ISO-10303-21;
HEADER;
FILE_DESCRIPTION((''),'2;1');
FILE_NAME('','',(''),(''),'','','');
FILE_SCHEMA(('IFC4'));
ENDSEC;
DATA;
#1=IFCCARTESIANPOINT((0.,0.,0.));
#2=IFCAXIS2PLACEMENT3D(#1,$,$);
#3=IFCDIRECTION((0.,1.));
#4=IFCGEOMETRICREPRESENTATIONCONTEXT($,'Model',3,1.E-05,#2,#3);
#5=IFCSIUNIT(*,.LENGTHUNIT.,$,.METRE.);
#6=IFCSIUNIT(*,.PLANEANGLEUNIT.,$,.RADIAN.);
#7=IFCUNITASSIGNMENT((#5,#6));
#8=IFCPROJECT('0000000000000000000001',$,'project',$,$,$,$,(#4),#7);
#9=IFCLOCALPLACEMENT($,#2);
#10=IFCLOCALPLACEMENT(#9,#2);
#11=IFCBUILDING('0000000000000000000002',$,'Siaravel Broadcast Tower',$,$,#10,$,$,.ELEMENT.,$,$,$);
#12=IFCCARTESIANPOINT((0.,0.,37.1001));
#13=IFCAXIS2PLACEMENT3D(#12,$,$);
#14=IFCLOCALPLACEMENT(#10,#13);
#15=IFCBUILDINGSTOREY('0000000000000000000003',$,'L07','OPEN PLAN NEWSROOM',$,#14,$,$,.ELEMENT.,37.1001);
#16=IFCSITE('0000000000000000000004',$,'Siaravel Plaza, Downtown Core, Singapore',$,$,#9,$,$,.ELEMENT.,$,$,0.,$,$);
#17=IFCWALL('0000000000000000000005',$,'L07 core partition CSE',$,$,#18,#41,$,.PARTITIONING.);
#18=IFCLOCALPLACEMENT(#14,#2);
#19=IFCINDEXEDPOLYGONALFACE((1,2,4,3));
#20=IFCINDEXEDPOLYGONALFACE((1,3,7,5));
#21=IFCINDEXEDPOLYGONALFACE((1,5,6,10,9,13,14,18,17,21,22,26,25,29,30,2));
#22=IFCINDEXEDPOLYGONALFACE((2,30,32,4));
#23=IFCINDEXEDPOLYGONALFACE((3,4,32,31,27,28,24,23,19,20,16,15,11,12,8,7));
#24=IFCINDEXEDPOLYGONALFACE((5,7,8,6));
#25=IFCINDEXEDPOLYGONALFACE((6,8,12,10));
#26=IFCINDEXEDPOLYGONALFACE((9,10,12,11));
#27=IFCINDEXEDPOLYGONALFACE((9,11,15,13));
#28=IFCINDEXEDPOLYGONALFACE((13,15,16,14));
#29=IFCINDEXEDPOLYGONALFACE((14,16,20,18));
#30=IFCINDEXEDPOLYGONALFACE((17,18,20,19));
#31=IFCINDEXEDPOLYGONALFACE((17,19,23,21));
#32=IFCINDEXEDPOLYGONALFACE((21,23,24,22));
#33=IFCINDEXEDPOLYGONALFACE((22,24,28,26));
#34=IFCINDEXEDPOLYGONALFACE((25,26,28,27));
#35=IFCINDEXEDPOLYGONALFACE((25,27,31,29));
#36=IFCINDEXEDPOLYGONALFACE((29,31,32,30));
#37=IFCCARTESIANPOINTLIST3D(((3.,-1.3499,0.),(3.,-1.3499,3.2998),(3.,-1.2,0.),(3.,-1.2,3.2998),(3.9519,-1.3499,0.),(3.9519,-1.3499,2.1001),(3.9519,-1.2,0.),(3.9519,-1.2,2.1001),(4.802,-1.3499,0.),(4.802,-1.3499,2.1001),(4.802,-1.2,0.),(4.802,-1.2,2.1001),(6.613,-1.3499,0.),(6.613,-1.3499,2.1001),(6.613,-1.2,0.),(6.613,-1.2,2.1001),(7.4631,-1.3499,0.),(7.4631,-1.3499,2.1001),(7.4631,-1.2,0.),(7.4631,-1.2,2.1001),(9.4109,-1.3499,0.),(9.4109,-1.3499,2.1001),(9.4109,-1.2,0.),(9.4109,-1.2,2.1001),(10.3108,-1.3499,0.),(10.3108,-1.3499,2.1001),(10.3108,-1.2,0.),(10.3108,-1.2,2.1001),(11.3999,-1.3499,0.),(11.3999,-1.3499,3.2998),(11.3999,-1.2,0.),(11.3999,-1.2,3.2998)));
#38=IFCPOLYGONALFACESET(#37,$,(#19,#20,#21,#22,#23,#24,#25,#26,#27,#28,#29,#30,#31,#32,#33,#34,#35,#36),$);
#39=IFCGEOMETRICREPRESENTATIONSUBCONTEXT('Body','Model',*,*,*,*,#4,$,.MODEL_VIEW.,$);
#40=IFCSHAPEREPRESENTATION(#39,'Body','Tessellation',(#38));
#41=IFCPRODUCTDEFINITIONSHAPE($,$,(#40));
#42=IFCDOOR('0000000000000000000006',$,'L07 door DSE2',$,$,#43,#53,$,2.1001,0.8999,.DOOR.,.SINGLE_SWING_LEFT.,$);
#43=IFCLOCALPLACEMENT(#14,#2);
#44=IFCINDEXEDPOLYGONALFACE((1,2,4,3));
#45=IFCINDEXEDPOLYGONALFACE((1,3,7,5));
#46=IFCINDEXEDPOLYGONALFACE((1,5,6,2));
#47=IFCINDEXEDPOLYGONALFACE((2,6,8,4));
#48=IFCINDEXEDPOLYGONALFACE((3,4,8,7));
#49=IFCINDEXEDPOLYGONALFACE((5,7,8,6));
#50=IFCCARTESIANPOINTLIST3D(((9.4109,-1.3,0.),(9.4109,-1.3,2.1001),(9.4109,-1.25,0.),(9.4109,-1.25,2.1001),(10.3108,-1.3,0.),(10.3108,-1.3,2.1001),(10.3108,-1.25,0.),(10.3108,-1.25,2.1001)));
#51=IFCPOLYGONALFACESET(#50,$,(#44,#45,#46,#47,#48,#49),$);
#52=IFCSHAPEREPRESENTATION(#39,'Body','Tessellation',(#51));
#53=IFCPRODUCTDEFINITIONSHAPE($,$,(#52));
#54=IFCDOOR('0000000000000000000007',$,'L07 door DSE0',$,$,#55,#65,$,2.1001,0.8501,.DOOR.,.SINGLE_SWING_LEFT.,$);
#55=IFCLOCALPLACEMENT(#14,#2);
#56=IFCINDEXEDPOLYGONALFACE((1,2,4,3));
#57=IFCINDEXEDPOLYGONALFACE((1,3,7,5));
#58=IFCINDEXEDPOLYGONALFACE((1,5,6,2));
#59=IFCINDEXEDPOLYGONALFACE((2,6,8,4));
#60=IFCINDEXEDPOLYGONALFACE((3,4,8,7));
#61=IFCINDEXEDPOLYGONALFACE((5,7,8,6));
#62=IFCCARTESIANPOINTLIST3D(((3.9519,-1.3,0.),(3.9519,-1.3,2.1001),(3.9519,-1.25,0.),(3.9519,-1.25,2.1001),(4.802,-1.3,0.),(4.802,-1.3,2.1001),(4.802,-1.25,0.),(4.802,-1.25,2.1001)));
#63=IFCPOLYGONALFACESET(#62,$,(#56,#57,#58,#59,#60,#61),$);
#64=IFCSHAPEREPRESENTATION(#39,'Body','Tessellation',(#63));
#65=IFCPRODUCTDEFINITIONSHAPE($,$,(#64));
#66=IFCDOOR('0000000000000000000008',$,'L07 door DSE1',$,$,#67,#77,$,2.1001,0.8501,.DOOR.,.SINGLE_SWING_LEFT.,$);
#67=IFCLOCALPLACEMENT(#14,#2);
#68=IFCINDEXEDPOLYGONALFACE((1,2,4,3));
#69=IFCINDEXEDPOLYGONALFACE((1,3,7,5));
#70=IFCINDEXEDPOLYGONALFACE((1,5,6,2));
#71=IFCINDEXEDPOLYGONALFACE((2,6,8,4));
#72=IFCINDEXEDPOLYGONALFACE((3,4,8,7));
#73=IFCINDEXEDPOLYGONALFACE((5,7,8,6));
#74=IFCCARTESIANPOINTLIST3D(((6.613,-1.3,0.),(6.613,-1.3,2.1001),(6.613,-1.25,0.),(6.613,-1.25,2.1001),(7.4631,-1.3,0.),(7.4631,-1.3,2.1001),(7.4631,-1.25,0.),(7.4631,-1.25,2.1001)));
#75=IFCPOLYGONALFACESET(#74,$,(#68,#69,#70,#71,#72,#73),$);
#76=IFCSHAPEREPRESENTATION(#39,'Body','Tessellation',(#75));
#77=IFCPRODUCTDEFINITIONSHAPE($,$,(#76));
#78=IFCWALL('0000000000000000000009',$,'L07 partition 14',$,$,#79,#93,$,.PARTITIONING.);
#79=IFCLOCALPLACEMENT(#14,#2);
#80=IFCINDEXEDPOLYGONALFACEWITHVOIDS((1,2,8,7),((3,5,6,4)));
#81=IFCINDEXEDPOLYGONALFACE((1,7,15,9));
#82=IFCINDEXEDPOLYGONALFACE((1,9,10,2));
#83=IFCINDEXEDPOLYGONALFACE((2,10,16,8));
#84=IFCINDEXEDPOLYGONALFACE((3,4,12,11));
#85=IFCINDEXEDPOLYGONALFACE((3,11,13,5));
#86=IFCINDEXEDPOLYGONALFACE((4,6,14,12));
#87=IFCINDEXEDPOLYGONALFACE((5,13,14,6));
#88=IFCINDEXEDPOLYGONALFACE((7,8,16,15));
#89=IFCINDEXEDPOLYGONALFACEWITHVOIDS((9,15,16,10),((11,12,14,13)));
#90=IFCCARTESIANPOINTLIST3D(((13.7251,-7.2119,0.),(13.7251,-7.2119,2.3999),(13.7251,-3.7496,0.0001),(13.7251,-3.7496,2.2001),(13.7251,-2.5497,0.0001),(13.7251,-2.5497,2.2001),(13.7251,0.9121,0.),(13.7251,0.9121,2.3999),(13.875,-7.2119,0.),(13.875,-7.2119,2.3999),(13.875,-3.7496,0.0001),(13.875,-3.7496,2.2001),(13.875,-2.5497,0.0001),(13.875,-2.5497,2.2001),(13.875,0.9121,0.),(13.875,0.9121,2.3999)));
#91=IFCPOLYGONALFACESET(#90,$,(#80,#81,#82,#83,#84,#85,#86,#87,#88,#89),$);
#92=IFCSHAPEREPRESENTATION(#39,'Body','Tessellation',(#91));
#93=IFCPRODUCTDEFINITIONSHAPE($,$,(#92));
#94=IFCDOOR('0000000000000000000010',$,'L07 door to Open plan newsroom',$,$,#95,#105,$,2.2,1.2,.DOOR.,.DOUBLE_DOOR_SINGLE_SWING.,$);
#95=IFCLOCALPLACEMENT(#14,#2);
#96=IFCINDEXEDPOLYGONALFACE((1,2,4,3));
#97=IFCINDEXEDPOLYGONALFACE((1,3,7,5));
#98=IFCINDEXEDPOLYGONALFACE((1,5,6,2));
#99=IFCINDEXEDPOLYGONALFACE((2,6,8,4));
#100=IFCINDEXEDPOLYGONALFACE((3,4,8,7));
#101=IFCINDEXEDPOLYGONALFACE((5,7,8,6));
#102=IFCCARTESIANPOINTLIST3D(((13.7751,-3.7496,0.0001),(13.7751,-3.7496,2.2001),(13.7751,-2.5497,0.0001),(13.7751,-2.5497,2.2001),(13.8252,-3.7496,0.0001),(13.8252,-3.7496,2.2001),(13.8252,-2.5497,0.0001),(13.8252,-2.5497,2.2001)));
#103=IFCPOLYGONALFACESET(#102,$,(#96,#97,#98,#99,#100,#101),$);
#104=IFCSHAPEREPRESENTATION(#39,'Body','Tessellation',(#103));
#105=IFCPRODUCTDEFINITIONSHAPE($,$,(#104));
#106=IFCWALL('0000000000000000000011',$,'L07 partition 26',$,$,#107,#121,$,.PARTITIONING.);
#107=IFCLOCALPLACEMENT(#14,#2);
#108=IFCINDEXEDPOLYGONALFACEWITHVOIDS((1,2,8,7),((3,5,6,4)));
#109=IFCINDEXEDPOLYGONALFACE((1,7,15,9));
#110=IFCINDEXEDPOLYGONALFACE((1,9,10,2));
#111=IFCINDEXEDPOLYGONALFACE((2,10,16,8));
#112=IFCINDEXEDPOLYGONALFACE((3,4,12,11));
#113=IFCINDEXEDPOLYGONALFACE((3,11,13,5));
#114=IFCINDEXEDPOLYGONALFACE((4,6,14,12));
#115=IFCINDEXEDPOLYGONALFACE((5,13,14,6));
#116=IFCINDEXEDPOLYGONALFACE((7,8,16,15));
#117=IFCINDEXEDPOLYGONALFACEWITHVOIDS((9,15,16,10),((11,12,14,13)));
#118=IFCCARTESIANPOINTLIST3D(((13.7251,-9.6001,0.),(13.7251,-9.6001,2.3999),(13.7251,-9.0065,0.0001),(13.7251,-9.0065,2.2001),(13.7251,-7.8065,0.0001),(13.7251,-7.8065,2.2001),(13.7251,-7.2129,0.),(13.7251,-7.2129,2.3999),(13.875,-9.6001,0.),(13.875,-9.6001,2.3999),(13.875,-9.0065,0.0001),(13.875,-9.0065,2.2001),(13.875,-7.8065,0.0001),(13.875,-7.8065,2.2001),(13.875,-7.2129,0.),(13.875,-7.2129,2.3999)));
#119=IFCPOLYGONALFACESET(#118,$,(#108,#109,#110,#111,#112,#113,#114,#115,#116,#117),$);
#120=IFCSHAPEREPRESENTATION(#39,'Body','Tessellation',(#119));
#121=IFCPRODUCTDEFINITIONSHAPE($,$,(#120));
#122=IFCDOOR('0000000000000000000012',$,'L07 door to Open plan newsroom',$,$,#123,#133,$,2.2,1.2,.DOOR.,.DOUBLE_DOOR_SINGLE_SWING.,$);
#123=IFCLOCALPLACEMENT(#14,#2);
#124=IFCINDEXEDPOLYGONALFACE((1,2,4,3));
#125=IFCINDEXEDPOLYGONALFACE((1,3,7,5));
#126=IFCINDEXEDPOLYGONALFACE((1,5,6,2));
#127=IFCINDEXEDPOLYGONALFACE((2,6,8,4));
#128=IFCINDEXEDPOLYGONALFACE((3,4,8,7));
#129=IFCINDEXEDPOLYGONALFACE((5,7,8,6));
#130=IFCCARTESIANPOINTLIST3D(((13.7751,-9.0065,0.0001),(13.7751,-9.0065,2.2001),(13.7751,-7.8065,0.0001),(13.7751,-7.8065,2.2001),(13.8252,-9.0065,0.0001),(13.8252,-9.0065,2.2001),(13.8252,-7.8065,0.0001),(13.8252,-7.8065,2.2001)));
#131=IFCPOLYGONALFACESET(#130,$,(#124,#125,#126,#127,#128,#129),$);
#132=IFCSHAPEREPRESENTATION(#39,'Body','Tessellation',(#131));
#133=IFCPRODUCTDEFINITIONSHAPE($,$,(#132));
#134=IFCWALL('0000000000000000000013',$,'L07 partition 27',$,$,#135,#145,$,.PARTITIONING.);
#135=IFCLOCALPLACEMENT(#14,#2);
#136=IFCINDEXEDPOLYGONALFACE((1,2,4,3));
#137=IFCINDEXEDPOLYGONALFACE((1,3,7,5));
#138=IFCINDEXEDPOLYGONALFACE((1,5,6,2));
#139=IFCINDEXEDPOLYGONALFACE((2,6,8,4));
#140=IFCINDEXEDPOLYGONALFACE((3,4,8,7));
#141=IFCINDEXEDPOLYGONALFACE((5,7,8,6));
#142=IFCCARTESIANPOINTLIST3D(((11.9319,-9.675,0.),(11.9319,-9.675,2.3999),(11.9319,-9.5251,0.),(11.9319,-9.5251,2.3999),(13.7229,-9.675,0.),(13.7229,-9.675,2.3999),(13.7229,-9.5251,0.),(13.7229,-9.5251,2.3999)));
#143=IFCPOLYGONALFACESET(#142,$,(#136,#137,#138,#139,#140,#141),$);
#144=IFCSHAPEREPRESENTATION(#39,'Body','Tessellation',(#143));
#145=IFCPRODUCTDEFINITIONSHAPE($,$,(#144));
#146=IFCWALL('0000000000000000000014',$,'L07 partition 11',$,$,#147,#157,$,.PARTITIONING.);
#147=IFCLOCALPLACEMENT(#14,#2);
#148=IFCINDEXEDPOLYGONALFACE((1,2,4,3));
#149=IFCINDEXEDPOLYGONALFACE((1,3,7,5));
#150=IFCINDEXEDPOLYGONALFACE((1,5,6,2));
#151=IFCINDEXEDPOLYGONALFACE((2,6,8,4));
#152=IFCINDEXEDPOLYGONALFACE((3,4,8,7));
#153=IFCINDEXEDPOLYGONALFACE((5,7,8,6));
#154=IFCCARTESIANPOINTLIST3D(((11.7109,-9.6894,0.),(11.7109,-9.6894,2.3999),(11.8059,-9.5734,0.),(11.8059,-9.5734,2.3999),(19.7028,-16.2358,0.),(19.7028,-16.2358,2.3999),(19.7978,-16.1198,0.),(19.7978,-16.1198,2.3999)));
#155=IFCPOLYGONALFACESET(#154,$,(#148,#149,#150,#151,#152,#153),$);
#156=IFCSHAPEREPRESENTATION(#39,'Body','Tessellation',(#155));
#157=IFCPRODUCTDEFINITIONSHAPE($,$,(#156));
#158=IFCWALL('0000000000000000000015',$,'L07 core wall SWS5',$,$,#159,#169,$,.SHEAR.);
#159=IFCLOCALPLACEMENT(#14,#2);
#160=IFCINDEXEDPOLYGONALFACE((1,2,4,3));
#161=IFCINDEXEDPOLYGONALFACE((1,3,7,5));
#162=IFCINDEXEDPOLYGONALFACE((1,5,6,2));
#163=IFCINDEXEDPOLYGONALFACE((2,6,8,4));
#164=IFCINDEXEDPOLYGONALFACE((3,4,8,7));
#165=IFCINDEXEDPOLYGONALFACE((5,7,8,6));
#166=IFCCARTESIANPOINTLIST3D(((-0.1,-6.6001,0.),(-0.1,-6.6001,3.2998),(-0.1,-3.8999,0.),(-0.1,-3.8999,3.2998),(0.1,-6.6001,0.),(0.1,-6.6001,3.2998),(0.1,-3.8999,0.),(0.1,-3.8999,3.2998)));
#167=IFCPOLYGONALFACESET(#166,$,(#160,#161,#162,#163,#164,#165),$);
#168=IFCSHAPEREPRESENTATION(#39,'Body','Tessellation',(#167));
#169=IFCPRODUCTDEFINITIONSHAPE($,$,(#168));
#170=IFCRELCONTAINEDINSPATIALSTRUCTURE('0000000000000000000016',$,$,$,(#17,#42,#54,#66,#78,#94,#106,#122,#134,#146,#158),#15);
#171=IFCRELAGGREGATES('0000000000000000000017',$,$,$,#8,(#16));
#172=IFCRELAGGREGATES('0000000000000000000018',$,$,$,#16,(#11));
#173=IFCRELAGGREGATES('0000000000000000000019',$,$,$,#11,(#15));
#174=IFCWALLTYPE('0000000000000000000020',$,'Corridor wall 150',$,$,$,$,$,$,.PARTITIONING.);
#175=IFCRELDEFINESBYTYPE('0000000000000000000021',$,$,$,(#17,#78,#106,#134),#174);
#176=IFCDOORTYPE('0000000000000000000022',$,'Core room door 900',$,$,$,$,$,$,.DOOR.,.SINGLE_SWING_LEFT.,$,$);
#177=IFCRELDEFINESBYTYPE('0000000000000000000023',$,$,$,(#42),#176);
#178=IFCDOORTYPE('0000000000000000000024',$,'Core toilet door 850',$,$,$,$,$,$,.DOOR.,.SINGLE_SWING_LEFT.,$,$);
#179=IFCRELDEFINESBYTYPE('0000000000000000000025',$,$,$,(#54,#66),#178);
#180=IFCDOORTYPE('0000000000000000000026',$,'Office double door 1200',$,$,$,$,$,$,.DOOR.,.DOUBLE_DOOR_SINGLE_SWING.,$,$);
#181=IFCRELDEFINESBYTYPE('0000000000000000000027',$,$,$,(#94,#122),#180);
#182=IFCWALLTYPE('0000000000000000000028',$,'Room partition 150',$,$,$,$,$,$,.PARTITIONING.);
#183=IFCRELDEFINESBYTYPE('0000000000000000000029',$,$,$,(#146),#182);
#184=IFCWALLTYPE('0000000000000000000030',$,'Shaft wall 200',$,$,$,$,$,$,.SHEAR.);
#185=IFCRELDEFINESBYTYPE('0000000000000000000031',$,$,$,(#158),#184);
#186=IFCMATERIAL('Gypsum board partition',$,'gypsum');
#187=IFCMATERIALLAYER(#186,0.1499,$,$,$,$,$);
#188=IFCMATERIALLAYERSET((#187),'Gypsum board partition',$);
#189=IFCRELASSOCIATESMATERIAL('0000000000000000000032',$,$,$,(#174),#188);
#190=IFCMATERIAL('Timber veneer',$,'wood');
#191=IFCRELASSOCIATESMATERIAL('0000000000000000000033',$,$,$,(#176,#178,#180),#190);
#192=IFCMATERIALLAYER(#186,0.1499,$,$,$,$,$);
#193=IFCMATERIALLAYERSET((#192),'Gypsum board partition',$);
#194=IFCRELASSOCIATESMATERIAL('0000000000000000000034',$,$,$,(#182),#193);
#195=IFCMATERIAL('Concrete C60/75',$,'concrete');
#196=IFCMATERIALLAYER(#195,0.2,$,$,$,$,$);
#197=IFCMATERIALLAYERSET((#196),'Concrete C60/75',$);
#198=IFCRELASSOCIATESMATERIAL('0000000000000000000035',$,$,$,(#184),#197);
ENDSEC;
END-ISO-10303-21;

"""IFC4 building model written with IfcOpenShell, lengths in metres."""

from ifc_helpers import new_model, si_unit, direction, frame, frame_2d, origin, place, context, subcontext, project, spatial, rectangle, extrude, material, layer, layer_set, type_object, element, fill, save


model = new_model("IFC4")

# Units and contexts
model_context = context("Model", 3, precision=1e-05, world=origin(), true_north=direction((0.0, 1.0)))
body_context = subcontext(model_context, "Body", "Model", "MODEL_VIEW")
ifc_project = project(units=[si_unit("LENGTHUNIT", "METRE"), si_unit("PLANEANGLEUNIT", "RADIAN")], contexts=[model_context])

# Site, building, storey
site_placement = place(None, origin())
site = spatial("IfcSite", under=ifc_project, at=site_placement, Name="Siaravel Plaza, Downtown Core, Singapore", CompositionType="ELEMENT", RefElevation=0.0)
building_placement = place(site_placement, origin())
building = spatial("IfcBuilding", under=site, at=building_placement, Name="Siaravel Broadcast Tower", CompositionType="ELEMENT")
storey_placement = place(building_placement, frame((0.0, 0.0, 37.1001)))
storey = spatial("IfcBuildingStorey", under=building, at=storey_placement, Name="L07", Description="OPEN PLAN NEWSROOM", CompositionType="ELEMENT", Elevation=37.1001)

# Shared definitions
ifc_material_1 = material(Name="Concrete C60/75", Category="concrete")

# Wall, openings, doors
ifc_material_2 = material(Name="Gypsum board partition", Category="gypsum")
ifc_layer_1 = layer(ifc_material_2, 0.1499)
ifc_layer_set_1 = layer_set([ifc_layer_1], Name="Gypsum board partition")
wall_type_1 = type_object("IfcWallType", Name="Corridor wall 150", PredefinedType="PARTITIONING", material=ifc_layer_set_1)
wall_1_placement = place(storey_placement, frame((3.0, -1.2749, 0.0), z_axis=(0.0, 0.0, 1.0), x_axis=(1.0, 0.0, 0.0)))
wall_1 = element("IfcWall", 1, at=wall_1_placement, inside=storey, type_object=wall_type_1, Name="L07 core partition CSE", PredefinedType="PARTITIONING", context=body_context, shape_type="SweptSolid", body=[
    extrude(rectangle(XDim=8.3999, YDim=0.1499, at=frame_2d((4.2, 0.0))), origin(), (0.0, 0.0, 1.0), 3.2998),
])
opening_1_placement = place(wall_1_placement, frame((0.9519, 0.0, 0.0)))
opening_1 = element("IfcOpeningElement", 2, at=opening_1_placement, cuts=wall_1, PredefinedType="OPENING", context=body_context, shape_type="SweptSolid", body=[
    extrude(rectangle(XDim=0.8501, YDim=2.1001, at=frame_2d((0.425, 1.05))), frame((0.0, 0.085, 0.0), z_axis=(0.0, -1.0, 0.0), x_axis=(1.0, 0.0, 0.0)), (0.0, 0.0, 1.0), 0.1699),
])
opening_2_placement = place(wall_1_placement, frame((3.613, 0.0, 0.0)))
opening_2 = element("IfcOpeningElement", 3, at=opening_2_placement, cuts=wall_1, PredefinedType="OPENING", context=body_context, shape_type="SweptSolid", body=[
    extrude(rectangle(XDim=0.8501, YDim=2.1001, at=frame_2d((0.425, 1.05))), frame((0.0, 0.085, 0.0), z_axis=(0.0, -1.0, 0.0), x_axis=(1.0, 0.0, 0.0)), (0.0, 0.0, 1.0), 0.1699),
])
opening_3_placement = place(wall_1_placement, frame((6.4109, 0.0, 0.0)))
opening_3 = element("IfcOpeningElement", 4, at=opening_3_placement, cuts=wall_1, PredefinedType="OPENING", context=body_context, shape_type="SweptSolid", body=[
    extrude(rectangle(XDim=0.8999, YDim=2.1001, at=frame_2d((0.45, 1.05))), frame((0.0, 0.085, 0.0), z_axis=(0.0, -1.0, 0.0), x_axis=(1.0, 0.0, 0.0)), (0.0, 0.0, 1.0), 0.1699),
])
ifc_material_3 = material(Name="Timber veneer", Category="wood")
door_type_1 = type_object("IfcDoorType", Name="Core room door 900", OperationType="SINGLE_SWING_LEFT", PredefinedType="DOOR", material=ifc_material_3)
door_1_placement = place(opening_3_placement, origin())
door_1 = element("IfcDoor", 5, at=door_1_placement, inside=storey, type_object=door_type_1, Name="L07 door DSE2", OperationType="SINGLE_SWING_LEFT", OverallHeight=2.1001, OverallWidth=0.8999, PredefinedType="DOOR", context=body_context, shape_type="SweptSolid", body=[
    extrude(rectangle(XDim=0.8999, YDim=2.1001, at=frame_2d((0.45, 1.05))), frame((0.0, 0.0249, 0.0), z_axis=(0.0, -1.0, 0.0), x_axis=(1.0, 0.0, 0.0)), (0.0, 0.0, 1.0), 0.05),
])
fill(opening_3, door_1)
door_type_2 = type_object("IfcDoorType", Name="Core toilet door 850", OperationType="SINGLE_SWING_LEFT", PredefinedType="DOOR", material=ifc_material_3)
door_2_placement = place(opening_1_placement, origin())
door_2 = element("IfcDoor", 6, at=door_2_placement, inside=storey, type_object=door_type_2, Name="L07 door DSE0", OperationType="SINGLE_SWING_LEFT", OverallHeight=2.1001, OverallWidth=0.8501, PredefinedType="DOOR", context=body_context, shape_type="SweptSolid", body=[
    extrude(rectangle(XDim=0.8501, YDim=2.1001, at=frame_2d((0.425, 1.05))), frame((0.0, 0.0249, 0.0), z_axis=(0.0, -1.0, 0.0), x_axis=(1.0, 0.0, 0.0)), (0.0, 0.0, 1.0), 0.05),
])
fill(opening_1, door_2)
door_3_placement = place(opening_2_placement, origin())
door_3 = element("IfcDoor", 7, at=door_3_placement, inside=storey, type_object=door_type_2, Name="L07 door DSE1", OperationType="SINGLE_SWING_LEFT", OverallHeight=2.1001, OverallWidth=0.8501, PredefinedType="DOOR", context=body_context, shape_type="SweptSolid", body=[
    extrude(rectangle(XDim=0.8501, YDim=2.1001, at=frame_2d((0.425, 1.05))), frame((0.0, 0.0249, 0.0), z_axis=(0.0, -1.0, 0.0), x_axis=(1.0, 0.0, 0.0)), (0.0, 0.0, 1.0), 0.05),
])
fill(opening_2, door_3)

# Walls, openings, doors
wall_2_placement = place(storey_placement, frame((13.8, -7.2119, 0.0), z_axis=(0.0, 0.0, 1.0), x_axis=(0.0, 1.0, 0.0)))
wall_2 = element("IfcWall", 8, at=wall_2_placement, inside=storey, type_object=wall_type_1, Name="L07 partition 14", PredefinedType="PARTITIONING", context=body_context, shape_type="SweptSolid", body=[
    extrude(rectangle(XDim=8.124, YDim=0.1499, at=frame_2d((4.062, 0.0))), origin(), (0.0, 0.0, 1.0), 2.3999),
])
opening_4_placement = place(wall_2_placement, frame((3.4622, 0.0, 0.0)))
opening_4 = element("IfcOpeningElement", 9, at=opening_4_placement, cuts=wall_2, PredefinedType="OPENING", context=body_context, shape_type="SweptSolid", body=[
    extrude(rectangle(XDim=1.2, YDim=2.2, at=frame_2d((0.6001, 1.1001))), frame((0.0, 0.085, 0.0), z_axis=(0.0, -1.0, 0.0), x_axis=(1.0, 0.0, 0.0)), (0.0, 0.0, 1.0), 0.1699),
])
door_type_3 = type_object("IfcDoorType", Name="Office double door 1200", OperationType="DOUBLE_DOOR_SINGLE_SWING", PredefinedType="DOOR", material=ifc_material_3)
door_4_placement = place(opening_4_placement, origin())
door_4 = element("IfcDoor", 10, at=door_4_placement, inside=storey, type_object=door_type_3, Name="L07 door to Open plan newsroom", OperationType="DOUBLE_DOOR_SINGLE_SWING", OverallHeight=2.2, OverallWidth=1.2, PredefinedType="DOOR", context=body_context, shape_type="SweptSolid", body=[
    extrude(rectangle(XDim=1.2, YDim=2.2, at=frame_2d((0.6001, 1.1001))), frame((0.0, 0.0249, 0.0), z_axis=(0.0, -1.0, 0.0), x_axis=(1.0, 0.0, 0.0)), (0.0, 0.0, 1.0), 0.05),
])
fill(opening_4, door_4)
wall_3_placement = place(storey_placement, frame((13.8, -9.6001, 0.0), z_axis=(0.0, 0.0, 1.0), x_axis=(0.0, 1.0, 0.0)))
wall_3 = element("IfcWall", 11, at=wall_3_placement, inside=storey, type_object=wall_type_1, Name="L07 partition 26", PredefinedType="PARTITIONING", context=body_context, shape_type="SweptSolid", body=[
    extrude(rectangle(XDim=2.3872, YDim=0.1499, at=frame_2d((1.1936, 0.0))), origin(), (0.0, 0.0, 1.0), 2.3999),
])
opening_5_placement = place(wall_3_placement, frame((0.5935, 0.0, 0.0)))
opening_5 = element("IfcOpeningElement", 12, at=opening_5_placement, cuts=wall_3, PredefinedType="OPENING", context=body_context, shape_type="SweptSolid", body=[
    extrude(rectangle(XDim=1.2, YDim=2.2, at=frame_2d((0.6001, 1.1001))), frame((0.0, 0.085, 0.0), z_axis=(0.0, -1.0, 0.0), x_axis=(1.0, 0.0, 0.0)), (0.0, 0.0, 1.0), 0.1699),
])
door_5_placement = place(opening_5_placement, origin())
door_5 = element("IfcDoor", 13, at=door_5_placement, inside=storey, type_object=door_type_3, Name="L07 door to Open plan newsroom", OperationType="DOUBLE_DOOR_SINGLE_SWING", OverallHeight=2.2, OverallWidth=1.2, PredefinedType="DOOR", context=body_context, shape_type="SweptSolid", body=[
    extrude(rectangle(XDim=1.2, YDim=2.2, at=frame_2d((0.6001, 1.1001))), frame((0.0, 0.0249, 0.0), z_axis=(0.0, -1.0, 0.0), x_axis=(1.0, 0.0, 0.0)), (0.0, 0.0, 1.0), 0.05),
])
fill(opening_5, door_5)

# Walls
wall_4_placement = place(storey_placement, frame((11.9319, -9.6001, 0.0), z_axis=(0.0, 0.0, 1.0), x_axis=(1.0, 0.0, 0.0)))
element("IfcWall", 14, at=wall_4_placement, inside=storey, type_object=wall_type_1, Name="L07 partition 27", PredefinedType="PARTITIONING", context=body_context, shape_type="SweptSolid", body=[
    extrude(rectangle(XDim=1.791, YDim=0.1499, at=frame_2d((0.8955, 0.0))), origin(), (0.0, 0.0, 1.0), 2.3999),
])
ifc_layer_2 = layer(ifc_material_2, 0.1499)
ifc_layer_set_2 = layer_set([ifc_layer_2], Name="Gypsum board partition")
wall_type_2 = type_object("IfcWallType", Name="Room partition 150", PredefinedType="PARTITIONING", material=ifc_layer_set_2)
wall_5_placement = place(storey_placement, frame((11.7583, -9.6313, 0.0), z_axis=(0.0, 0.0, 1.0), x_axis=(0.7736, -0.633674, 0.0)))
element("IfcWall", 15, at=wall_5_placement, inside=storey, type_object=wall_type_2, Name="L07 partition 11", PredefinedType="PARTITIONING", context=body_context, shape_type="SweptSolid", body=[
    extrude(rectangle(XDim=10.3308, YDim=0.1499, at=frame_2d((5.1655, 0.0))), origin(), (0.0, 0.0, 1.0), 2.3999),
])
ifc_layer_3 = layer(ifc_material_1, 0.2)
ifc_layer_set_3 = layer_set([ifc_layer_3], Name="Concrete C60/75")
wall_type_3 = type_object("IfcWallType", Name="Shaft wall 200", PredefinedType="SHEAR", material=ifc_layer_set_3)
for number, where, z_axis, x_axis, name in (
    (16, (0.0, -6.6001, 0.0), (0.0, 0.0, 1.0), (0.0, 1.0, 0.0), "L07 core wall SWS5"),
):
    element("IfcWall", number, at=place(storey_placement, frame(where, z_axis=z_axis, x_axis=x_axis)), inside=storey, type_object=wall_type_3, Name=name, PredefinedType="SHEAR", context=body_context, shape_type="SweptSolid", body=[
        extrude(rectangle(XDim=2.7002, YDim=0.2, at=frame_2d((1.3501, 0.0))), origin(), (0.0, 0.0, 1.0), 3.2998),
    ])

save(model, "model.ifc")
